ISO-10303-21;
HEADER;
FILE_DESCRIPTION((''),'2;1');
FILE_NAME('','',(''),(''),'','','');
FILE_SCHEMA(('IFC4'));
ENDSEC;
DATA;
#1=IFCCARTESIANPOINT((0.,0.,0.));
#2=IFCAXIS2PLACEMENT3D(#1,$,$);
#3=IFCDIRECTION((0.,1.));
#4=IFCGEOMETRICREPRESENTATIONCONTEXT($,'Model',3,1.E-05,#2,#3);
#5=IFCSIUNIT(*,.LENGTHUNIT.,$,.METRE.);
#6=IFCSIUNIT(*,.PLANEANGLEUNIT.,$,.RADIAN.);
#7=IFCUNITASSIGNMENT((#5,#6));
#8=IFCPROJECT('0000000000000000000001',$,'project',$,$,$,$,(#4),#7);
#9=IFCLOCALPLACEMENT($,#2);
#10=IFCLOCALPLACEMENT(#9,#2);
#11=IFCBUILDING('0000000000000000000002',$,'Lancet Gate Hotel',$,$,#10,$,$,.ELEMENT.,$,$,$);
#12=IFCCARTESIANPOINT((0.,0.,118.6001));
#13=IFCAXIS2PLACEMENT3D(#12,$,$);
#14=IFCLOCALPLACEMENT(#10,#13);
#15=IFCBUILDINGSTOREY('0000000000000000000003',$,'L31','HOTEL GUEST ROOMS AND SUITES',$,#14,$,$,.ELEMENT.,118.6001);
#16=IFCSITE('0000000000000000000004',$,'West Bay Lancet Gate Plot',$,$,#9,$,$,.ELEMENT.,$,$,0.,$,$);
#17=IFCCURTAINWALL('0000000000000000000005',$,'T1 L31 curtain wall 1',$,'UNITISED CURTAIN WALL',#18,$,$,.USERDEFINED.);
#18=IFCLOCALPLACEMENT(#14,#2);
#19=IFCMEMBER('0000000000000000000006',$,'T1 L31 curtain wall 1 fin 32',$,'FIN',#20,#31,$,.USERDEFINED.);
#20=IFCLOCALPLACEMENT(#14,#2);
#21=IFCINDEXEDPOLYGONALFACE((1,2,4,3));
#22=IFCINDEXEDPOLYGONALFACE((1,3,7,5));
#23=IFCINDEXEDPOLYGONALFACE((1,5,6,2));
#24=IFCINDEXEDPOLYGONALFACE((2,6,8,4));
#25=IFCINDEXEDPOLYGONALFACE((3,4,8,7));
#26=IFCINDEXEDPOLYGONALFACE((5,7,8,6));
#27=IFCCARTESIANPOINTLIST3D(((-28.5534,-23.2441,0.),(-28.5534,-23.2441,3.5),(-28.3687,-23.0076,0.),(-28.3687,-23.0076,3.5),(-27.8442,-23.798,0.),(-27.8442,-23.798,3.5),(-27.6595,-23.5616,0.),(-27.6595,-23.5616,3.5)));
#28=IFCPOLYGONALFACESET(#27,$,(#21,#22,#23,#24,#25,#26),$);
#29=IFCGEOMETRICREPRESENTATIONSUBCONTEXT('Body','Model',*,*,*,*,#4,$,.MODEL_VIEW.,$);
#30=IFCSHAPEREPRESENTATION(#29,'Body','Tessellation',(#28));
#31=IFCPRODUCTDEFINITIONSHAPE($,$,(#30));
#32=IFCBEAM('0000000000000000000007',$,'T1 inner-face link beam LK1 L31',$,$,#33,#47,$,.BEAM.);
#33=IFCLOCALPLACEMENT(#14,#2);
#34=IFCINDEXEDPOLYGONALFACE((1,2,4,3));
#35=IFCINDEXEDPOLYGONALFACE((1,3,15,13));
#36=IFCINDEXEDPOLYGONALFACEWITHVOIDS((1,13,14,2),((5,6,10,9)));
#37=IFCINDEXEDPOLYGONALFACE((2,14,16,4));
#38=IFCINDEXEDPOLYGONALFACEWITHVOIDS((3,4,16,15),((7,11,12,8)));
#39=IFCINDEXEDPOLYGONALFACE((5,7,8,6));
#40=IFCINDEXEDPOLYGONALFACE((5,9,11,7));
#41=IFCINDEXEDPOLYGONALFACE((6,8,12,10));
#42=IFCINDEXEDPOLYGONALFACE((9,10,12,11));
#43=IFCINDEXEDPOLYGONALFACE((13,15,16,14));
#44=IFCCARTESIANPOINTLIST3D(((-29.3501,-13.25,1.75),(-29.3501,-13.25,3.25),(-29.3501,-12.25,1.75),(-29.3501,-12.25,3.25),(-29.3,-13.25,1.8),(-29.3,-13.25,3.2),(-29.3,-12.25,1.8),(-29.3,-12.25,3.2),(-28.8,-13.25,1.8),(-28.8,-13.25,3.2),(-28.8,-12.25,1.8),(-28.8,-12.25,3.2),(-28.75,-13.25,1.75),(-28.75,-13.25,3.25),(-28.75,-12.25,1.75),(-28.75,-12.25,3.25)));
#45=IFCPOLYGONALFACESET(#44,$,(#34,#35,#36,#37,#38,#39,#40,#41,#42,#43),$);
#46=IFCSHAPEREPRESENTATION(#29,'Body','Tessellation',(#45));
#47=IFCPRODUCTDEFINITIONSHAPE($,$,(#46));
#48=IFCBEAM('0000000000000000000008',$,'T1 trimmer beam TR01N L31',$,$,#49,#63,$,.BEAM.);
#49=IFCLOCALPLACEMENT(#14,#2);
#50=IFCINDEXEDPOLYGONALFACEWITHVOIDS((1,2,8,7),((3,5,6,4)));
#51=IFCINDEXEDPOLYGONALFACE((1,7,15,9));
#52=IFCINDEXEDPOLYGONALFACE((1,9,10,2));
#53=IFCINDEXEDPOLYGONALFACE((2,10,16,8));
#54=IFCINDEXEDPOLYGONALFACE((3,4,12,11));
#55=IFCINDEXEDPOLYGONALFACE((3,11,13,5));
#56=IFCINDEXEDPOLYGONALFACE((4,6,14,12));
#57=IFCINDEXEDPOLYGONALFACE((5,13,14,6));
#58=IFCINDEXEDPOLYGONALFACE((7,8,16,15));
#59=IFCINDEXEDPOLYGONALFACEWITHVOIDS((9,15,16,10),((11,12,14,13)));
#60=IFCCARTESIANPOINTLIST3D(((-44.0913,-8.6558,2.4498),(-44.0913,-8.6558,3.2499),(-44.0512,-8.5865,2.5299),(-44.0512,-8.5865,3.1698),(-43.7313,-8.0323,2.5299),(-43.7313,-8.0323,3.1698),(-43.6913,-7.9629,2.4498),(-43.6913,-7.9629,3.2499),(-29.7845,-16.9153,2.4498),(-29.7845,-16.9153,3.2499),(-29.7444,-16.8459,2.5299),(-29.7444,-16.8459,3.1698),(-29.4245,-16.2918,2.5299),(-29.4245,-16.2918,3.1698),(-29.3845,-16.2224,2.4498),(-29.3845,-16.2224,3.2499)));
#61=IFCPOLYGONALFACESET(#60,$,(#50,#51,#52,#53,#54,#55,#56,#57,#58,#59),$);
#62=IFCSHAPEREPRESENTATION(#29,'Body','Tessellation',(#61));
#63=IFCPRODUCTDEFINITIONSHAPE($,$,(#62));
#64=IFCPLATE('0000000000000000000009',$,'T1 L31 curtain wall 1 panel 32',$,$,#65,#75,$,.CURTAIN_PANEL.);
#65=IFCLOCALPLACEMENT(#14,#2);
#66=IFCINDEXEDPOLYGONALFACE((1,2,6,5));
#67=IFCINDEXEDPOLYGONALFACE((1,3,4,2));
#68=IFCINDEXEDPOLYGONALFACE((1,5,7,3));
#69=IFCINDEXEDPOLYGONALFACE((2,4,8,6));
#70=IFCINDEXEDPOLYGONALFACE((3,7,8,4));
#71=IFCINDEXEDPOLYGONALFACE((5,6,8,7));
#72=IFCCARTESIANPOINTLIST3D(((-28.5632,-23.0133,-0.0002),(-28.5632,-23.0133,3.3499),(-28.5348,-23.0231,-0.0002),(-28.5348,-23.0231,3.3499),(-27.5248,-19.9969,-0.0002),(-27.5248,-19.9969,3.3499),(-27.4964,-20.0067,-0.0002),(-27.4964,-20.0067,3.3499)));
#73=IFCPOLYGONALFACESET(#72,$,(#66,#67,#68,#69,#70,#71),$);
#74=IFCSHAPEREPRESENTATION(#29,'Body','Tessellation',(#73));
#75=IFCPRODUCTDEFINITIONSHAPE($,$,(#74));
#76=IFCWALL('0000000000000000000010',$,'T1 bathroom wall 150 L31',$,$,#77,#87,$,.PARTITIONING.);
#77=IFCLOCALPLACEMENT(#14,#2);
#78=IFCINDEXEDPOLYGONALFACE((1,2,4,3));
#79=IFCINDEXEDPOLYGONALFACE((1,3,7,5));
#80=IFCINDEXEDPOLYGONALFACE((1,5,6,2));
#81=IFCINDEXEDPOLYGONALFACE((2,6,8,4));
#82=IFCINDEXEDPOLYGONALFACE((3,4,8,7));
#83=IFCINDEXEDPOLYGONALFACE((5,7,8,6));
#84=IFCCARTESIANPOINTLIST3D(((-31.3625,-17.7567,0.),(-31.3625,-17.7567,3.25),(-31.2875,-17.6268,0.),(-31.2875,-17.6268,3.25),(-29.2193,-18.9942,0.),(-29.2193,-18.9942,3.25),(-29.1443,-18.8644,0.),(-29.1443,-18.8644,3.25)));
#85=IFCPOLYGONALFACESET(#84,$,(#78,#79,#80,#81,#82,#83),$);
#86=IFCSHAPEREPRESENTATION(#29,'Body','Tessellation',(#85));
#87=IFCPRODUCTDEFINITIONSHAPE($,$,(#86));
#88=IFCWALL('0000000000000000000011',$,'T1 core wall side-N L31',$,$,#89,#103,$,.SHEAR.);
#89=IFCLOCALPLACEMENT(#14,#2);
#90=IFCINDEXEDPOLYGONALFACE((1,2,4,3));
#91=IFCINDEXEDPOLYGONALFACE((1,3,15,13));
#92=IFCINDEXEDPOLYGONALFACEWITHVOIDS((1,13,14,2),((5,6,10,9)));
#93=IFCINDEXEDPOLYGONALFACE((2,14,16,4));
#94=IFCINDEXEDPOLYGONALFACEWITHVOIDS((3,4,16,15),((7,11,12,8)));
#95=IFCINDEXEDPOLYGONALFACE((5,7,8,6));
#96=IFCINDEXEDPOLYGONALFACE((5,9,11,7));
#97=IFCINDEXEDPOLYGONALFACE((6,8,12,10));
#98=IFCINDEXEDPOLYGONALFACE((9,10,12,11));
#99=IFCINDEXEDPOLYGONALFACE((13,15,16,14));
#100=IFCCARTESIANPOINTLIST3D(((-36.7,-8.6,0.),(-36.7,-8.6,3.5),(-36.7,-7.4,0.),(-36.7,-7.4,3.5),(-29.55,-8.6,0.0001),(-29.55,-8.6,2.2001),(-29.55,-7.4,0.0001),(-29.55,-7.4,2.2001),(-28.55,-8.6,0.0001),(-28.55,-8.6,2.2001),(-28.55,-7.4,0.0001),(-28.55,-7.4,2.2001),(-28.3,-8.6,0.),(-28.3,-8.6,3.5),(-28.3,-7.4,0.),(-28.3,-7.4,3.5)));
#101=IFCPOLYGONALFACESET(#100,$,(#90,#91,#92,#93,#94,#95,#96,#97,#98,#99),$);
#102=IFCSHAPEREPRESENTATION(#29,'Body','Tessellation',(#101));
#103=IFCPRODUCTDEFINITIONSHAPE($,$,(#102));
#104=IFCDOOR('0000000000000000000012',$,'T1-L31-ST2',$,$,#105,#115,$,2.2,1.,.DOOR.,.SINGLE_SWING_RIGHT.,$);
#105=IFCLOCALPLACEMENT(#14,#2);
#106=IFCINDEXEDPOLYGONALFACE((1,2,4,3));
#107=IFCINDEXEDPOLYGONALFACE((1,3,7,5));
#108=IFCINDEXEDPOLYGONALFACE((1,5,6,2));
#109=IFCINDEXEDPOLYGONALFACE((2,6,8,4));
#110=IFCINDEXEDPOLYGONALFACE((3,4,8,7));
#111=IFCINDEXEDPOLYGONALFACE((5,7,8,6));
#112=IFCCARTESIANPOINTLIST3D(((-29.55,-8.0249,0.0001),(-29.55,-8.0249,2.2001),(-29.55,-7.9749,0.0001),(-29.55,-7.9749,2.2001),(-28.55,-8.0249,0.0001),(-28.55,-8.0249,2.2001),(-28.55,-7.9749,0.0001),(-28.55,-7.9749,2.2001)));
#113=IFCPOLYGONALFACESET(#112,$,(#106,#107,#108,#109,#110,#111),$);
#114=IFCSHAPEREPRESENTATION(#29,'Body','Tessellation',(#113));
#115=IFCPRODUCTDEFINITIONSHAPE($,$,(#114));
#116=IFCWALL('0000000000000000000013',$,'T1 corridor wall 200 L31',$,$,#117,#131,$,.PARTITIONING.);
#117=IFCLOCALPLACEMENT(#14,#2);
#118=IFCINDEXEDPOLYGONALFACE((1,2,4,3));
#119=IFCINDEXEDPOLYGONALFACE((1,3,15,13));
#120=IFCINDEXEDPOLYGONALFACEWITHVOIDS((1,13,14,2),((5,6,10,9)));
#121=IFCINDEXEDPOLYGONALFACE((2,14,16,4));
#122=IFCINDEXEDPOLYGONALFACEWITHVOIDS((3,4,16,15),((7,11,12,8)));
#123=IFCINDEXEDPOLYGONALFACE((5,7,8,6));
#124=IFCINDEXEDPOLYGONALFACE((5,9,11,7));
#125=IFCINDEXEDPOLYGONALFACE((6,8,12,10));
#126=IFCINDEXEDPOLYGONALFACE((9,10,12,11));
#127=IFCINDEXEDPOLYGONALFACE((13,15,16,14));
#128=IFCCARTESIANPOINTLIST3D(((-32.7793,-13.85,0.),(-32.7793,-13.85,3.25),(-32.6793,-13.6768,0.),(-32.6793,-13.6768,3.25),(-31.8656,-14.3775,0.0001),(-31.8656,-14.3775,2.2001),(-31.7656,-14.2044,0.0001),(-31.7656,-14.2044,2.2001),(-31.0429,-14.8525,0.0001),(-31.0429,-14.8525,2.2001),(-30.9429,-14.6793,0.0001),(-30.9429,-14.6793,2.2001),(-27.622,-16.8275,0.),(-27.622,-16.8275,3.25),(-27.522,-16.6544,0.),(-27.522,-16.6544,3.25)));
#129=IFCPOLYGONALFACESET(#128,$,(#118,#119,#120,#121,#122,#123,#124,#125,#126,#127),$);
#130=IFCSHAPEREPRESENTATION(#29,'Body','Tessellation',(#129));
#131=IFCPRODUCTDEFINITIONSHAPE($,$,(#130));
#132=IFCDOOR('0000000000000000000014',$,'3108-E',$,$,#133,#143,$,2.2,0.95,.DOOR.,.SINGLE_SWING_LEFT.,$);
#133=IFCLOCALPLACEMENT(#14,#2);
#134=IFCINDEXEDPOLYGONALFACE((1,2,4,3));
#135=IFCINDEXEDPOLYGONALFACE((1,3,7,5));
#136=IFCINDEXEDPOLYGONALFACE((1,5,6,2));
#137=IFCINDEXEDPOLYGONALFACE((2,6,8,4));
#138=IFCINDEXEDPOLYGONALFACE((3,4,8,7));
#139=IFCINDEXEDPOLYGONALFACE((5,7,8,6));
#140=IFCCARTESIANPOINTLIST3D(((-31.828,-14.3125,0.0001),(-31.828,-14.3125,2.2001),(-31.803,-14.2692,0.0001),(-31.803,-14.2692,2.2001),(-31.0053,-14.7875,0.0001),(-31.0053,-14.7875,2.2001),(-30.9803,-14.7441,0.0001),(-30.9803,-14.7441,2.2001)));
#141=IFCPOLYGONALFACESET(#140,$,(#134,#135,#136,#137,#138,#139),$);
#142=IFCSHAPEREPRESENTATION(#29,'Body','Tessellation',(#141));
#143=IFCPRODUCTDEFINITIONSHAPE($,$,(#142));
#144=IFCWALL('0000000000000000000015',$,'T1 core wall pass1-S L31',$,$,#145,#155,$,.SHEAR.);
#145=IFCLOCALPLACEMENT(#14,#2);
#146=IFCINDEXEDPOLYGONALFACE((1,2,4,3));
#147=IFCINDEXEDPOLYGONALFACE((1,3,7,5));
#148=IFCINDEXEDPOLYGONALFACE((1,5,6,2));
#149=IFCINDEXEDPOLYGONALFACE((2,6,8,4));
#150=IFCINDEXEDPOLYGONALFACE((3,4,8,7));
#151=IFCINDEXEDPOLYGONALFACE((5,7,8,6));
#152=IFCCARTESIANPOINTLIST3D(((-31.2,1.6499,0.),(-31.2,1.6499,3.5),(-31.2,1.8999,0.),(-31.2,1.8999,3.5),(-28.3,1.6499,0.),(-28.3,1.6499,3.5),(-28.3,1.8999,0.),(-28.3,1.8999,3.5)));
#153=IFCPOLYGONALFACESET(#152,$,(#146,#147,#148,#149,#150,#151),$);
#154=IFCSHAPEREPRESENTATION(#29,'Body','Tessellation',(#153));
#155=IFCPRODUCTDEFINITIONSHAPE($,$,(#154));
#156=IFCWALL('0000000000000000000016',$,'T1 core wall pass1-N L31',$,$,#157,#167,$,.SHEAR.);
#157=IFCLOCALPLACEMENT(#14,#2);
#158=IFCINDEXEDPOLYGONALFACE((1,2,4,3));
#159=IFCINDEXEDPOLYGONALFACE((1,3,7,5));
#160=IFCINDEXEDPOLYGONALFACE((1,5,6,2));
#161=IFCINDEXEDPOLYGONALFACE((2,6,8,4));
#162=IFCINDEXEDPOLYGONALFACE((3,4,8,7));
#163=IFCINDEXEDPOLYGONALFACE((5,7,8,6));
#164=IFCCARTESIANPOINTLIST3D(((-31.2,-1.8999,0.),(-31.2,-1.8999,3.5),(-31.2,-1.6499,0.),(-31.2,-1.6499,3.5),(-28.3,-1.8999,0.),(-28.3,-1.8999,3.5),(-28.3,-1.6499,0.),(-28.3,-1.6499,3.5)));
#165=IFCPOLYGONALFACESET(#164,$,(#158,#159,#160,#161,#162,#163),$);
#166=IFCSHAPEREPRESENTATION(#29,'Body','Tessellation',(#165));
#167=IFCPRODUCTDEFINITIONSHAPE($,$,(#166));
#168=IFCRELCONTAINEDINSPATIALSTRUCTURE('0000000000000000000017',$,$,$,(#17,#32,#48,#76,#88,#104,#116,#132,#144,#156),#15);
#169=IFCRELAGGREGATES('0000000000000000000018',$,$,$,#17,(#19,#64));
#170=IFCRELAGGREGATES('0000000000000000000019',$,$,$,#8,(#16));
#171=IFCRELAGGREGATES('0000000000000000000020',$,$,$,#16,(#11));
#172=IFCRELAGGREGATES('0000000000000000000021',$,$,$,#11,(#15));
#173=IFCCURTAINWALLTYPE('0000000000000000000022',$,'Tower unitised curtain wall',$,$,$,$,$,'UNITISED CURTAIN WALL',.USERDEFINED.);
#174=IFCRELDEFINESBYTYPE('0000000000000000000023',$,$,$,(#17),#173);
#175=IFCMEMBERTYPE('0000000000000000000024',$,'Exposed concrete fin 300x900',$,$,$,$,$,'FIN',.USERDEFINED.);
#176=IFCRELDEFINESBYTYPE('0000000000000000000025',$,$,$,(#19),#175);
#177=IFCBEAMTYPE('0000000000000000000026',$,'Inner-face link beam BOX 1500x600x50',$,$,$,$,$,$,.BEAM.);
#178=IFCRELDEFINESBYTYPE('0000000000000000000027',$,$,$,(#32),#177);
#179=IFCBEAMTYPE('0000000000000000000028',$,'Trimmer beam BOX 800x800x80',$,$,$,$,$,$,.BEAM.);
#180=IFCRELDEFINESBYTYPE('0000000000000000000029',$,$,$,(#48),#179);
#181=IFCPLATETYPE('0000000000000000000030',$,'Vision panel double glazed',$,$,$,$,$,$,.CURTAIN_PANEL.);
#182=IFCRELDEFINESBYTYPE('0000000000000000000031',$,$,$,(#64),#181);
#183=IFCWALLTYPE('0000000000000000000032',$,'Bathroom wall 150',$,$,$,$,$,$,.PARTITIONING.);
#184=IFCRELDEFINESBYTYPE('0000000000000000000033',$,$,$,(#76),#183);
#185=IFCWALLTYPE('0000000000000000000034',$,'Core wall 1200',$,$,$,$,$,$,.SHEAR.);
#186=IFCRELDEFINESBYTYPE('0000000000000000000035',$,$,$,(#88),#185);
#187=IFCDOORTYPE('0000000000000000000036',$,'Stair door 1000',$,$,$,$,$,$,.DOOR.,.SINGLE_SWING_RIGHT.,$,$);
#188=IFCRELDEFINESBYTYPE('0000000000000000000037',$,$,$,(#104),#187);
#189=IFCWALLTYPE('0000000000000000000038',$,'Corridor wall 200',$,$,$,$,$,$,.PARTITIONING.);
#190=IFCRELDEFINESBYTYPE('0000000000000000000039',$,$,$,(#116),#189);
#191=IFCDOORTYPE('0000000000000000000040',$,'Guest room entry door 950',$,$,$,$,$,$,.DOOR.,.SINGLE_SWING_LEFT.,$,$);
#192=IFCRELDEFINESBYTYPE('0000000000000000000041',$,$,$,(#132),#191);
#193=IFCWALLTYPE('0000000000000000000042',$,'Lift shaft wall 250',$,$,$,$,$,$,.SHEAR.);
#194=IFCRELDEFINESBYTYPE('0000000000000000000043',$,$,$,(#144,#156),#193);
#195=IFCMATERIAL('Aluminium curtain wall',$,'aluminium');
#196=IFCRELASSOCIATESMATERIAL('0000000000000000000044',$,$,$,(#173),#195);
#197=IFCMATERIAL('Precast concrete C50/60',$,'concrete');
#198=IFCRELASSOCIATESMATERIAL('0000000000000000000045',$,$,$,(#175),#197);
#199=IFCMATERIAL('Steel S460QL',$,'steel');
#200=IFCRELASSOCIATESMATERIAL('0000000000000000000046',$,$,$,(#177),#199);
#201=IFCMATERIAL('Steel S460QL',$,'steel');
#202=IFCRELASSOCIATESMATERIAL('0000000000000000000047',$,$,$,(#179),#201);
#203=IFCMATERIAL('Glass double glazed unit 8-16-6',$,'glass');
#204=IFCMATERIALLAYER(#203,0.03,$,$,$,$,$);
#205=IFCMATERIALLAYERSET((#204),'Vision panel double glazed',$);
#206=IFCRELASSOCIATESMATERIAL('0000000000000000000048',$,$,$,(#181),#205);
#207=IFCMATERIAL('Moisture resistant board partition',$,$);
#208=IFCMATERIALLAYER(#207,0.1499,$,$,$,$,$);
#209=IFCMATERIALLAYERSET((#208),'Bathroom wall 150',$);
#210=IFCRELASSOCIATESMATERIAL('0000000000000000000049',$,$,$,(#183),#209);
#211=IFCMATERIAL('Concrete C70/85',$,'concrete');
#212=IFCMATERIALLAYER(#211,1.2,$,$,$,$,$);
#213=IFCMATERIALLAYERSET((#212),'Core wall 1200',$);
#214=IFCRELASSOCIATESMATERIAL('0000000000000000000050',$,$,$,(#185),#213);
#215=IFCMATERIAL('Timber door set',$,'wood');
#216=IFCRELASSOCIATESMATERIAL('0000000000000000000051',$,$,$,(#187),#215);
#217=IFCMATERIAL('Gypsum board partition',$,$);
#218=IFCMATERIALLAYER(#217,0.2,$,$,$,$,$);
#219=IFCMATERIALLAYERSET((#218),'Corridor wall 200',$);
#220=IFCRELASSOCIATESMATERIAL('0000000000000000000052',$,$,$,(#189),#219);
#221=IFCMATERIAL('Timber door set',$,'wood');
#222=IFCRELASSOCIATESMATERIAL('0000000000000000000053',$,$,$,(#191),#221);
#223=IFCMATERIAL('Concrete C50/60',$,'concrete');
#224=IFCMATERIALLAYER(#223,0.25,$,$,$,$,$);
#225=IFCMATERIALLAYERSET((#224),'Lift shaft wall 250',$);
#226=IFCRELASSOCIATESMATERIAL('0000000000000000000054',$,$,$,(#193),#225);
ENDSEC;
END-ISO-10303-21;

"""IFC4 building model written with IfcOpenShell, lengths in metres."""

from ifc_helpers import new_model, si_unit, direction, frame, frame_2d, origin, origin_2d, place, context, subcontext, project, spatial, rectangle, hollow_rectangle, extrude, material, layer, layer_set, material_profile, profile_set, type_object, element, fill, aggregate, save


model = new_model("IFC4")

# Units and contexts
model_context = context("Model", 3, precision=1e-05, world=origin(), true_north=direction((0.0, 1.0)))
body_context = subcontext(model_context, "Body", "Model", "MODEL_VIEW")
ifc_project = project(units=[si_unit("LENGTHUNIT", "METRE"), si_unit("PLANEANGLEUNIT", "RADIAN")], contexts=[model_context])

# Site, building, storey
site_placement = place(None, origin())
site = spatial("IfcSite", under=ifc_project, at=site_placement, Name="West Bay Lancet Gate Plot", CompositionType="ELEMENT", RefElevation=0.0)
building_placement = place(site_placement, origin())
building = spatial("IfcBuilding", under=site, at=building_placement, Name="Lancet Gate Hotel", CompositionType="ELEMENT")
storey_placement = place(building_placement, frame((0.0, 0.0, 118.6001)))
storey = spatial("IfcBuildingStorey", under=building, at=storey_placement, Name="L31", Description="HOTEL GUEST ROOMS AND SUITES", CompositionType="ELEMENT", Elevation=118.6001)

# Curtain wall
ifc_material_1 = material(Name="Aluminium curtain wall", Category="aluminium")
curtain_wall_type = type_object("IfcCurtainWallType", Name="Tower unitised curtain wall", ElementType="UNITISED CURTAIN WALL", PredefinedType="USERDEFINED", material=ifc_material_1)
curtain_wall_placement = place(storey_placement, origin())
curtain_wall = element("IfcCurtainWall", 1, at=curtain_wall_placement, inside=storey, type_object=curtain_wall_type, Name="T1 L31 curtain wall 1", ObjectType="UNITISED CURTAIN WALL", PredefinedType="USERDEFINED")

# Member
ifc_material_2 = material(Name="Precast concrete C50/60", Category="concrete")
ifc_material_profile_1 = material_profile(ifc_material_2, rectangle(XDim=0.3, YDim=0.8999, at=origin_2d()), Name="FIN 300x900")
ifc_profile_set_1 = profile_set([ifc_material_profile_1], Name="Precast concrete C50/60")
member_type_1 = type_object("IfcMemberType", Name="Exposed concrete fin 300x900", ElementType="FIN", PredefinedType="USERDEFINED", material=ifc_profile_set_1)
member_1_placement = place(storey_placement, frame((-28.1064, -23.4028, 0.0), z_axis=(0.0, 0.0, 1.0), x_axis=(0.615574, 0.788079, 0.0)))
member_1 = element("IfcMember", 2, at=member_1_placement, type_object=member_type_1, Name="T1 L31 curtain wall 1 fin 32", ObjectType="FIN", PredefinedType="USERDEFINED", context=body_context, shape_type="SweptSolid", body=[
    extrude(rectangle(XDim=0.3, YDim=0.8999, at=origin_2d()), origin(), (0.0, 0.0, 1.0), 3.5),
])

# Beams
ifc_material_3 = material(Name="Steel S460QL", Category="steel")
ifc_material_profile_2 = material_profile(ifc_material_3, hollow_rectangle(XDim=0.6001, YDim=1.5, WallThickness=0.05, at=origin_2d()), Name="BOX 1500x600x50")
ifc_profile_set_2 = profile_set([ifc_material_profile_2], Name="Steel S460QL")
beam_type_1 = type_object("IfcBeamType", Name="Inner-face link beam BOX 1500x600x50", PredefinedType="BEAM", material=ifc_profile_set_2)
beam_1_placement = place(storey_placement, frame((-29.05, -12.25, 2.5), z_axis=(0.0, -1.0, 0.0), x_axis=(1.0, 0.0, 0.0)))
element("IfcBeam", 3, at=beam_1_placement, inside=storey, type_object=beam_type_1, Name="T1 inner-face link beam LK1 L31", PredefinedType="BEAM", context=body_context, shape_type="SweptSolid", body=[
    extrude(hollow_rectangle(XDim=0.6001, YDim=1.5, WallThickness=0.05, at=origin_2d()), origin(), (0.0, 0.0, 1.0), 1.0),
])
ifc_material_4 = material(Name="Steel S460QL", Category="steel")
ifc_material_profile_3 = material_profile(ifc_material_4, hollow_rectangle(XDim=0.8, YDim=0.8, WallThickness=0.0801, at=origin_2d()), Name="BOX 800x800x80")
ifc_profile_set_3 = profile_set([ifc_material_profile_3], Name="Steel S460QL")
beam_type_2 = type_object("IfcBeamType", Name="Trimmer beam BOX 800x800x80", PredefinedType="BEAM", material=ifc_profile_set_3)
beam_2_placement = place(storey_placement, frame((-29.5845, -16.5688, 2.8499), z_axis=(-0.86604, 0.499974, 0.0), x_axis=(-0.499974, -0.86604, 0.0)))
element("IfcBeam", 4, at=beam_2_placement, inside=storey, type_object=beam_type_2, Name="T1 trimmer beam TR01N L31", PredefinedType="BEAM", context=body_context, shape_type="SweptSolid", body=[
    extrude(hollow_rectangle(XDim=0.8, YDim=0.8, WallThickness=0.0801, at=origin_2d()), origin(), (0.0, 0.0, 1.0), 16.5198),
])

# Plate
ifc_material_5 = material(Name="Glass double glazed unit 8-16-6", Category="glass")
ifc_layer_1 = layer(ifc_material_5, 0.03)
ifc_layer_set_1 = layer_set([ifc_layer_1], Name="Vision panel double glazed")
plate_type = type_object("IfcPlateType", Name="Vision panel double glazed", PredefinedType="CURTAIN_PANEL", material=ifc_layer_set_1)
plate_placement = place(storey_placement, frame((-28.0298, -21.51, -0.0002), z_axis=(0.0, 0.0, 1.0), x_axis=(0.325516, 0.945537, 0.0)))
plate = element("IfcPlate", 5, at=plate_placement, type_object=plate_type, Name="T1 L31 curtain wall 1 panel 32", PredefinedType="CURTAIN_PANEL", context=body_context, shape_type="SweptSolid", body=[
    extrude(rectangle(XDim=3.1902, YDim=0.03, at=origin_2d()), origin(), (0.0, 0.0, 1.0), 3.3501),
])
aggregate(curtain_wall, [member_1, plate])

# Wall
ifc_material_6 = material(Name="Moisture resistant board partition")
ifc_layer_2 = layer(ifc_material_6, 0.1499)
ifc_layer_set_2 = layer_set([ifc_layer_2], Name="Bathroom wall 150")
wall_type_1 = type_object("IfcWallType", Name="Bathroom wall 150", PredefinedType="PARTITIONING", material=ifc_layer_set_2)
wall_1_placement = place(storey_placement, frame((-29.1819, -18.9292, 0.0), z_axis=(0.0, 0.0, 1.0), x_axis=(-0.866007, 0.500033, 0.0)))
element("IfcWall", 6, at=wall_1_placement, inside=storey, type_object=wall_type_1, Name="T1 bathroom wall 150 L31", PredefinedType="PARTITIONING", context=body_context, shape_type="SweptSolid", body=[
    extrude(rectangle(XDim=2.4749, YDim=0.1499, at=frame_2d((1.2373, 0.0))), origin(), (0.0, 0.0, 1.0), 3.25),
])

# Walls, openings, doors
ifc_material_7 = material(Name="Concrete C70/85", Category="concrete")
ifc_layer_3 = layer(ifc_material_7, 1.2)
ifc_layer_set_3 = layer_set([ifc_layer_3], Name="Core wall 1200")
wall_type_2 = type_object("IfcWallType", Name="Core wall 1200", PredefinedType="SHEAR", material=ifc_layer_set_3)
wall_2_placement = place(storey_placement, frame((-28.3, -8.0, 0.0), z_axis=(0.0, 0.0, 1.0), x_axis=(-1.0, 0.0, 0.0)))
wall_2 = element("IfcWall", 7, at=wall_2_placement, inside=storey, type_object=wall_type_2, Name="T1 core wall side-N L31", PredefinedType="SHEAR", context=body_context, shape_type="SweptSolid", body=[
    extrude(rectangle(XDim=8.3999, YDim=1.2, at=frame_2d((4.2, 0.0))), origin(), (0.0, 0.0, 1.0), 3.5),
])
opening_1_placement = place(wall_2_placement, frame((0.25, 0.0, 0.0)))
opening_1 = element("IfcOpeningElement", 8, at=opening_1_placement, cuts=wall_2, PredefinedType="OPENING", context=body_context, shape_type="SweptSolid", body=[
    extrude(rectangle(XDim=1.0, YDim=2.2, at=frame_2d((0.5, 1.1001))), frame((0.0, 0.6099, 0.0), z_axis=(0.0, -1.0, 0.0), x_axis=(1.0, 0.0, 0.0)), (0.0, 0.0, 1.0), 1.22),
])
ifc_material_8 = material(Name="Timber door set", Category="wood")
door_type_1 = type_object("IfcDoorType", Name="Stair door 1000", OperationType="SINGLE_SWING_RIGHT", PredefinedType="DOOR", material=ifc_material_8)
door_1_placement = place(opening_1_placement, origin())
door_1 = element("IfcDoor", 9, at=door_1_placement, inside=storey, type_object=door_type_1, Name="T1-L31-ST2", OperationType="SINGLE_SWING_RIGHT", OverallHeight=2.2, OverallWidth=1.0, PredefinedType="DOOR", context=body_context, shape_type="SweptSolid", body=[
    extrude(rectangle(XDim=1.0, YDim=2.2, at=frame_2d((0.5, 1.1001))), frame((0.0, 0.0249, 0.0), z_axis=(0.0, -1.0, 0.0), x_axis=(1.0, 0.0, 0.0)), (0.0, 0.0, 1.0), 0.05),
])
fill(opening_1, door_1)
ifc_material_9 = material(Name="Gypsum board partition")
ifc_layer_4 = layer(ifc_material_9, 0.2)
ifc_layer_set_4 = layer_set([ifc_layer_4], Name="Corridor wall 200")
wall_type_3 = type_object("IfcWallType", Name="Corridor wall 200", PredefinedType="PARTITIONING", material=ifc_layer_set_4)
wall_3_placement = place(storey_placement, frame((-27.572, -16.741, 0.0), z_axis=(0.0, 0.0, 1.0), x_axis=(-0.866024, 0.500002, 0.0)))
wall_3 = element("IfcWall", 10, at=wall_3_placement, inside=storey, type_object=wall_type_3, Name="T1 corridor wall 200 L31", PredefinedType="PARTITIONING", context=body_context, shape_type="SweptSolid", body=[
    extrude(rectangle(XDim=5.9551, YDim=0.2, at=frame_2d((2.9775, 0.0))), origin(), (0.0, 0.0, 1.0), 3.25),
])
opening_2_placement = place(wall_3_placement, frame((3.95, 0.0, 0.0)))
opening_2 = element("IfcOpeningElement", 11, at=opening_2_placement, cuts=wall_3, PredefinedType="OPENING", context=body_context, shape_type="SweptSolid", body=[
    extrude(rectangle(XDim=0.95, YDim=2.2, at=frame_2d((0.4751, 1.1001))), frame((0.0, 0.1099, 0.0), z_axis=(0.0, -1.0, 0.0), x_axis=(1.0, 0.0, 0.0)), (0.0, 0.0, 1.0), 0.22),
])
ifc_material_10 = material(Name="Timber door set", Category="wood")
door_type_2 = type_object("IfcDoorType", Name="Guest room entry door 950", OperationType="SINGLE_SWING_LEFT", PredefinedType="DOOR", material=ifc_material_10)
door_2_placement = place(opening_2_placement, origin())
door_2 = element("IfcDoor", 12, at=door_2_placement, inside=storey, type_object=door_type_2, Name="3108-E", OperationType="SINGLE_SWING_LEFT", OverallHeight=2.2, OverallWidth=0.95, PredefinedType="DOOR", context=body_context, shape_type="SweptSolid", body=[
    extrude(rectangle(XDim=0.95, YDim=2.2, at=frame_2d((0.4751, 1.1001))), frame((0.0, 0.0249, 0.0), z_axis=(0.0, -1.0, 0.0), x_axis=(1.0, 0.0, 0.0)), (0.0, 0.0, 1.0), 0.05),
])
fill(opening_2, door_2)

# Walls
ifc_material_11 = material(Name="Concrete C50/60", Category="concrete")
ifc_layer_5 = layer(ifc_material_11, 0.25)
ifc_layer_set_5 = layer_set([ifc_layer_5], Name="Lift shaft wall 250")
wall_type_4 = type_object("IfcWallType", Name="Lift shaft wall 250", PredefinedType="SHEAR", material=ifc_layer_set_5)
for number, where, z_axis, x_axis, name in (
    (13, (-28.3, 1.7749, 0.0), (0.0, 0.0, 1.0), (-1.0, 0.0, 0.0), "T1 core wall pass1-S L31"),
    (14, (-28.3, -1.7749, 0.0), (0.0, 0.0, 1.0), (-1.0, 0.0, 0.0), "T1 core wall pass1-N L31"),
):
    element("IfcWall", number, at=place(storey_placement, frame(where, z_axis=z_axis, x_axis=x_axis)), inside=storey, type_object=wall_type_4, Name=name, PredefinedType="SHEAR", context=body_context, shape_type="SweptSolid", body=[
        extrude(rectangle(XDim=2.8999, YDim=0.25, at=frame_2d((1.45, 0.0))), origin(), (0.0, 0.0, 1.0), 3.5),
    ])

save(model, "model.ifc")
